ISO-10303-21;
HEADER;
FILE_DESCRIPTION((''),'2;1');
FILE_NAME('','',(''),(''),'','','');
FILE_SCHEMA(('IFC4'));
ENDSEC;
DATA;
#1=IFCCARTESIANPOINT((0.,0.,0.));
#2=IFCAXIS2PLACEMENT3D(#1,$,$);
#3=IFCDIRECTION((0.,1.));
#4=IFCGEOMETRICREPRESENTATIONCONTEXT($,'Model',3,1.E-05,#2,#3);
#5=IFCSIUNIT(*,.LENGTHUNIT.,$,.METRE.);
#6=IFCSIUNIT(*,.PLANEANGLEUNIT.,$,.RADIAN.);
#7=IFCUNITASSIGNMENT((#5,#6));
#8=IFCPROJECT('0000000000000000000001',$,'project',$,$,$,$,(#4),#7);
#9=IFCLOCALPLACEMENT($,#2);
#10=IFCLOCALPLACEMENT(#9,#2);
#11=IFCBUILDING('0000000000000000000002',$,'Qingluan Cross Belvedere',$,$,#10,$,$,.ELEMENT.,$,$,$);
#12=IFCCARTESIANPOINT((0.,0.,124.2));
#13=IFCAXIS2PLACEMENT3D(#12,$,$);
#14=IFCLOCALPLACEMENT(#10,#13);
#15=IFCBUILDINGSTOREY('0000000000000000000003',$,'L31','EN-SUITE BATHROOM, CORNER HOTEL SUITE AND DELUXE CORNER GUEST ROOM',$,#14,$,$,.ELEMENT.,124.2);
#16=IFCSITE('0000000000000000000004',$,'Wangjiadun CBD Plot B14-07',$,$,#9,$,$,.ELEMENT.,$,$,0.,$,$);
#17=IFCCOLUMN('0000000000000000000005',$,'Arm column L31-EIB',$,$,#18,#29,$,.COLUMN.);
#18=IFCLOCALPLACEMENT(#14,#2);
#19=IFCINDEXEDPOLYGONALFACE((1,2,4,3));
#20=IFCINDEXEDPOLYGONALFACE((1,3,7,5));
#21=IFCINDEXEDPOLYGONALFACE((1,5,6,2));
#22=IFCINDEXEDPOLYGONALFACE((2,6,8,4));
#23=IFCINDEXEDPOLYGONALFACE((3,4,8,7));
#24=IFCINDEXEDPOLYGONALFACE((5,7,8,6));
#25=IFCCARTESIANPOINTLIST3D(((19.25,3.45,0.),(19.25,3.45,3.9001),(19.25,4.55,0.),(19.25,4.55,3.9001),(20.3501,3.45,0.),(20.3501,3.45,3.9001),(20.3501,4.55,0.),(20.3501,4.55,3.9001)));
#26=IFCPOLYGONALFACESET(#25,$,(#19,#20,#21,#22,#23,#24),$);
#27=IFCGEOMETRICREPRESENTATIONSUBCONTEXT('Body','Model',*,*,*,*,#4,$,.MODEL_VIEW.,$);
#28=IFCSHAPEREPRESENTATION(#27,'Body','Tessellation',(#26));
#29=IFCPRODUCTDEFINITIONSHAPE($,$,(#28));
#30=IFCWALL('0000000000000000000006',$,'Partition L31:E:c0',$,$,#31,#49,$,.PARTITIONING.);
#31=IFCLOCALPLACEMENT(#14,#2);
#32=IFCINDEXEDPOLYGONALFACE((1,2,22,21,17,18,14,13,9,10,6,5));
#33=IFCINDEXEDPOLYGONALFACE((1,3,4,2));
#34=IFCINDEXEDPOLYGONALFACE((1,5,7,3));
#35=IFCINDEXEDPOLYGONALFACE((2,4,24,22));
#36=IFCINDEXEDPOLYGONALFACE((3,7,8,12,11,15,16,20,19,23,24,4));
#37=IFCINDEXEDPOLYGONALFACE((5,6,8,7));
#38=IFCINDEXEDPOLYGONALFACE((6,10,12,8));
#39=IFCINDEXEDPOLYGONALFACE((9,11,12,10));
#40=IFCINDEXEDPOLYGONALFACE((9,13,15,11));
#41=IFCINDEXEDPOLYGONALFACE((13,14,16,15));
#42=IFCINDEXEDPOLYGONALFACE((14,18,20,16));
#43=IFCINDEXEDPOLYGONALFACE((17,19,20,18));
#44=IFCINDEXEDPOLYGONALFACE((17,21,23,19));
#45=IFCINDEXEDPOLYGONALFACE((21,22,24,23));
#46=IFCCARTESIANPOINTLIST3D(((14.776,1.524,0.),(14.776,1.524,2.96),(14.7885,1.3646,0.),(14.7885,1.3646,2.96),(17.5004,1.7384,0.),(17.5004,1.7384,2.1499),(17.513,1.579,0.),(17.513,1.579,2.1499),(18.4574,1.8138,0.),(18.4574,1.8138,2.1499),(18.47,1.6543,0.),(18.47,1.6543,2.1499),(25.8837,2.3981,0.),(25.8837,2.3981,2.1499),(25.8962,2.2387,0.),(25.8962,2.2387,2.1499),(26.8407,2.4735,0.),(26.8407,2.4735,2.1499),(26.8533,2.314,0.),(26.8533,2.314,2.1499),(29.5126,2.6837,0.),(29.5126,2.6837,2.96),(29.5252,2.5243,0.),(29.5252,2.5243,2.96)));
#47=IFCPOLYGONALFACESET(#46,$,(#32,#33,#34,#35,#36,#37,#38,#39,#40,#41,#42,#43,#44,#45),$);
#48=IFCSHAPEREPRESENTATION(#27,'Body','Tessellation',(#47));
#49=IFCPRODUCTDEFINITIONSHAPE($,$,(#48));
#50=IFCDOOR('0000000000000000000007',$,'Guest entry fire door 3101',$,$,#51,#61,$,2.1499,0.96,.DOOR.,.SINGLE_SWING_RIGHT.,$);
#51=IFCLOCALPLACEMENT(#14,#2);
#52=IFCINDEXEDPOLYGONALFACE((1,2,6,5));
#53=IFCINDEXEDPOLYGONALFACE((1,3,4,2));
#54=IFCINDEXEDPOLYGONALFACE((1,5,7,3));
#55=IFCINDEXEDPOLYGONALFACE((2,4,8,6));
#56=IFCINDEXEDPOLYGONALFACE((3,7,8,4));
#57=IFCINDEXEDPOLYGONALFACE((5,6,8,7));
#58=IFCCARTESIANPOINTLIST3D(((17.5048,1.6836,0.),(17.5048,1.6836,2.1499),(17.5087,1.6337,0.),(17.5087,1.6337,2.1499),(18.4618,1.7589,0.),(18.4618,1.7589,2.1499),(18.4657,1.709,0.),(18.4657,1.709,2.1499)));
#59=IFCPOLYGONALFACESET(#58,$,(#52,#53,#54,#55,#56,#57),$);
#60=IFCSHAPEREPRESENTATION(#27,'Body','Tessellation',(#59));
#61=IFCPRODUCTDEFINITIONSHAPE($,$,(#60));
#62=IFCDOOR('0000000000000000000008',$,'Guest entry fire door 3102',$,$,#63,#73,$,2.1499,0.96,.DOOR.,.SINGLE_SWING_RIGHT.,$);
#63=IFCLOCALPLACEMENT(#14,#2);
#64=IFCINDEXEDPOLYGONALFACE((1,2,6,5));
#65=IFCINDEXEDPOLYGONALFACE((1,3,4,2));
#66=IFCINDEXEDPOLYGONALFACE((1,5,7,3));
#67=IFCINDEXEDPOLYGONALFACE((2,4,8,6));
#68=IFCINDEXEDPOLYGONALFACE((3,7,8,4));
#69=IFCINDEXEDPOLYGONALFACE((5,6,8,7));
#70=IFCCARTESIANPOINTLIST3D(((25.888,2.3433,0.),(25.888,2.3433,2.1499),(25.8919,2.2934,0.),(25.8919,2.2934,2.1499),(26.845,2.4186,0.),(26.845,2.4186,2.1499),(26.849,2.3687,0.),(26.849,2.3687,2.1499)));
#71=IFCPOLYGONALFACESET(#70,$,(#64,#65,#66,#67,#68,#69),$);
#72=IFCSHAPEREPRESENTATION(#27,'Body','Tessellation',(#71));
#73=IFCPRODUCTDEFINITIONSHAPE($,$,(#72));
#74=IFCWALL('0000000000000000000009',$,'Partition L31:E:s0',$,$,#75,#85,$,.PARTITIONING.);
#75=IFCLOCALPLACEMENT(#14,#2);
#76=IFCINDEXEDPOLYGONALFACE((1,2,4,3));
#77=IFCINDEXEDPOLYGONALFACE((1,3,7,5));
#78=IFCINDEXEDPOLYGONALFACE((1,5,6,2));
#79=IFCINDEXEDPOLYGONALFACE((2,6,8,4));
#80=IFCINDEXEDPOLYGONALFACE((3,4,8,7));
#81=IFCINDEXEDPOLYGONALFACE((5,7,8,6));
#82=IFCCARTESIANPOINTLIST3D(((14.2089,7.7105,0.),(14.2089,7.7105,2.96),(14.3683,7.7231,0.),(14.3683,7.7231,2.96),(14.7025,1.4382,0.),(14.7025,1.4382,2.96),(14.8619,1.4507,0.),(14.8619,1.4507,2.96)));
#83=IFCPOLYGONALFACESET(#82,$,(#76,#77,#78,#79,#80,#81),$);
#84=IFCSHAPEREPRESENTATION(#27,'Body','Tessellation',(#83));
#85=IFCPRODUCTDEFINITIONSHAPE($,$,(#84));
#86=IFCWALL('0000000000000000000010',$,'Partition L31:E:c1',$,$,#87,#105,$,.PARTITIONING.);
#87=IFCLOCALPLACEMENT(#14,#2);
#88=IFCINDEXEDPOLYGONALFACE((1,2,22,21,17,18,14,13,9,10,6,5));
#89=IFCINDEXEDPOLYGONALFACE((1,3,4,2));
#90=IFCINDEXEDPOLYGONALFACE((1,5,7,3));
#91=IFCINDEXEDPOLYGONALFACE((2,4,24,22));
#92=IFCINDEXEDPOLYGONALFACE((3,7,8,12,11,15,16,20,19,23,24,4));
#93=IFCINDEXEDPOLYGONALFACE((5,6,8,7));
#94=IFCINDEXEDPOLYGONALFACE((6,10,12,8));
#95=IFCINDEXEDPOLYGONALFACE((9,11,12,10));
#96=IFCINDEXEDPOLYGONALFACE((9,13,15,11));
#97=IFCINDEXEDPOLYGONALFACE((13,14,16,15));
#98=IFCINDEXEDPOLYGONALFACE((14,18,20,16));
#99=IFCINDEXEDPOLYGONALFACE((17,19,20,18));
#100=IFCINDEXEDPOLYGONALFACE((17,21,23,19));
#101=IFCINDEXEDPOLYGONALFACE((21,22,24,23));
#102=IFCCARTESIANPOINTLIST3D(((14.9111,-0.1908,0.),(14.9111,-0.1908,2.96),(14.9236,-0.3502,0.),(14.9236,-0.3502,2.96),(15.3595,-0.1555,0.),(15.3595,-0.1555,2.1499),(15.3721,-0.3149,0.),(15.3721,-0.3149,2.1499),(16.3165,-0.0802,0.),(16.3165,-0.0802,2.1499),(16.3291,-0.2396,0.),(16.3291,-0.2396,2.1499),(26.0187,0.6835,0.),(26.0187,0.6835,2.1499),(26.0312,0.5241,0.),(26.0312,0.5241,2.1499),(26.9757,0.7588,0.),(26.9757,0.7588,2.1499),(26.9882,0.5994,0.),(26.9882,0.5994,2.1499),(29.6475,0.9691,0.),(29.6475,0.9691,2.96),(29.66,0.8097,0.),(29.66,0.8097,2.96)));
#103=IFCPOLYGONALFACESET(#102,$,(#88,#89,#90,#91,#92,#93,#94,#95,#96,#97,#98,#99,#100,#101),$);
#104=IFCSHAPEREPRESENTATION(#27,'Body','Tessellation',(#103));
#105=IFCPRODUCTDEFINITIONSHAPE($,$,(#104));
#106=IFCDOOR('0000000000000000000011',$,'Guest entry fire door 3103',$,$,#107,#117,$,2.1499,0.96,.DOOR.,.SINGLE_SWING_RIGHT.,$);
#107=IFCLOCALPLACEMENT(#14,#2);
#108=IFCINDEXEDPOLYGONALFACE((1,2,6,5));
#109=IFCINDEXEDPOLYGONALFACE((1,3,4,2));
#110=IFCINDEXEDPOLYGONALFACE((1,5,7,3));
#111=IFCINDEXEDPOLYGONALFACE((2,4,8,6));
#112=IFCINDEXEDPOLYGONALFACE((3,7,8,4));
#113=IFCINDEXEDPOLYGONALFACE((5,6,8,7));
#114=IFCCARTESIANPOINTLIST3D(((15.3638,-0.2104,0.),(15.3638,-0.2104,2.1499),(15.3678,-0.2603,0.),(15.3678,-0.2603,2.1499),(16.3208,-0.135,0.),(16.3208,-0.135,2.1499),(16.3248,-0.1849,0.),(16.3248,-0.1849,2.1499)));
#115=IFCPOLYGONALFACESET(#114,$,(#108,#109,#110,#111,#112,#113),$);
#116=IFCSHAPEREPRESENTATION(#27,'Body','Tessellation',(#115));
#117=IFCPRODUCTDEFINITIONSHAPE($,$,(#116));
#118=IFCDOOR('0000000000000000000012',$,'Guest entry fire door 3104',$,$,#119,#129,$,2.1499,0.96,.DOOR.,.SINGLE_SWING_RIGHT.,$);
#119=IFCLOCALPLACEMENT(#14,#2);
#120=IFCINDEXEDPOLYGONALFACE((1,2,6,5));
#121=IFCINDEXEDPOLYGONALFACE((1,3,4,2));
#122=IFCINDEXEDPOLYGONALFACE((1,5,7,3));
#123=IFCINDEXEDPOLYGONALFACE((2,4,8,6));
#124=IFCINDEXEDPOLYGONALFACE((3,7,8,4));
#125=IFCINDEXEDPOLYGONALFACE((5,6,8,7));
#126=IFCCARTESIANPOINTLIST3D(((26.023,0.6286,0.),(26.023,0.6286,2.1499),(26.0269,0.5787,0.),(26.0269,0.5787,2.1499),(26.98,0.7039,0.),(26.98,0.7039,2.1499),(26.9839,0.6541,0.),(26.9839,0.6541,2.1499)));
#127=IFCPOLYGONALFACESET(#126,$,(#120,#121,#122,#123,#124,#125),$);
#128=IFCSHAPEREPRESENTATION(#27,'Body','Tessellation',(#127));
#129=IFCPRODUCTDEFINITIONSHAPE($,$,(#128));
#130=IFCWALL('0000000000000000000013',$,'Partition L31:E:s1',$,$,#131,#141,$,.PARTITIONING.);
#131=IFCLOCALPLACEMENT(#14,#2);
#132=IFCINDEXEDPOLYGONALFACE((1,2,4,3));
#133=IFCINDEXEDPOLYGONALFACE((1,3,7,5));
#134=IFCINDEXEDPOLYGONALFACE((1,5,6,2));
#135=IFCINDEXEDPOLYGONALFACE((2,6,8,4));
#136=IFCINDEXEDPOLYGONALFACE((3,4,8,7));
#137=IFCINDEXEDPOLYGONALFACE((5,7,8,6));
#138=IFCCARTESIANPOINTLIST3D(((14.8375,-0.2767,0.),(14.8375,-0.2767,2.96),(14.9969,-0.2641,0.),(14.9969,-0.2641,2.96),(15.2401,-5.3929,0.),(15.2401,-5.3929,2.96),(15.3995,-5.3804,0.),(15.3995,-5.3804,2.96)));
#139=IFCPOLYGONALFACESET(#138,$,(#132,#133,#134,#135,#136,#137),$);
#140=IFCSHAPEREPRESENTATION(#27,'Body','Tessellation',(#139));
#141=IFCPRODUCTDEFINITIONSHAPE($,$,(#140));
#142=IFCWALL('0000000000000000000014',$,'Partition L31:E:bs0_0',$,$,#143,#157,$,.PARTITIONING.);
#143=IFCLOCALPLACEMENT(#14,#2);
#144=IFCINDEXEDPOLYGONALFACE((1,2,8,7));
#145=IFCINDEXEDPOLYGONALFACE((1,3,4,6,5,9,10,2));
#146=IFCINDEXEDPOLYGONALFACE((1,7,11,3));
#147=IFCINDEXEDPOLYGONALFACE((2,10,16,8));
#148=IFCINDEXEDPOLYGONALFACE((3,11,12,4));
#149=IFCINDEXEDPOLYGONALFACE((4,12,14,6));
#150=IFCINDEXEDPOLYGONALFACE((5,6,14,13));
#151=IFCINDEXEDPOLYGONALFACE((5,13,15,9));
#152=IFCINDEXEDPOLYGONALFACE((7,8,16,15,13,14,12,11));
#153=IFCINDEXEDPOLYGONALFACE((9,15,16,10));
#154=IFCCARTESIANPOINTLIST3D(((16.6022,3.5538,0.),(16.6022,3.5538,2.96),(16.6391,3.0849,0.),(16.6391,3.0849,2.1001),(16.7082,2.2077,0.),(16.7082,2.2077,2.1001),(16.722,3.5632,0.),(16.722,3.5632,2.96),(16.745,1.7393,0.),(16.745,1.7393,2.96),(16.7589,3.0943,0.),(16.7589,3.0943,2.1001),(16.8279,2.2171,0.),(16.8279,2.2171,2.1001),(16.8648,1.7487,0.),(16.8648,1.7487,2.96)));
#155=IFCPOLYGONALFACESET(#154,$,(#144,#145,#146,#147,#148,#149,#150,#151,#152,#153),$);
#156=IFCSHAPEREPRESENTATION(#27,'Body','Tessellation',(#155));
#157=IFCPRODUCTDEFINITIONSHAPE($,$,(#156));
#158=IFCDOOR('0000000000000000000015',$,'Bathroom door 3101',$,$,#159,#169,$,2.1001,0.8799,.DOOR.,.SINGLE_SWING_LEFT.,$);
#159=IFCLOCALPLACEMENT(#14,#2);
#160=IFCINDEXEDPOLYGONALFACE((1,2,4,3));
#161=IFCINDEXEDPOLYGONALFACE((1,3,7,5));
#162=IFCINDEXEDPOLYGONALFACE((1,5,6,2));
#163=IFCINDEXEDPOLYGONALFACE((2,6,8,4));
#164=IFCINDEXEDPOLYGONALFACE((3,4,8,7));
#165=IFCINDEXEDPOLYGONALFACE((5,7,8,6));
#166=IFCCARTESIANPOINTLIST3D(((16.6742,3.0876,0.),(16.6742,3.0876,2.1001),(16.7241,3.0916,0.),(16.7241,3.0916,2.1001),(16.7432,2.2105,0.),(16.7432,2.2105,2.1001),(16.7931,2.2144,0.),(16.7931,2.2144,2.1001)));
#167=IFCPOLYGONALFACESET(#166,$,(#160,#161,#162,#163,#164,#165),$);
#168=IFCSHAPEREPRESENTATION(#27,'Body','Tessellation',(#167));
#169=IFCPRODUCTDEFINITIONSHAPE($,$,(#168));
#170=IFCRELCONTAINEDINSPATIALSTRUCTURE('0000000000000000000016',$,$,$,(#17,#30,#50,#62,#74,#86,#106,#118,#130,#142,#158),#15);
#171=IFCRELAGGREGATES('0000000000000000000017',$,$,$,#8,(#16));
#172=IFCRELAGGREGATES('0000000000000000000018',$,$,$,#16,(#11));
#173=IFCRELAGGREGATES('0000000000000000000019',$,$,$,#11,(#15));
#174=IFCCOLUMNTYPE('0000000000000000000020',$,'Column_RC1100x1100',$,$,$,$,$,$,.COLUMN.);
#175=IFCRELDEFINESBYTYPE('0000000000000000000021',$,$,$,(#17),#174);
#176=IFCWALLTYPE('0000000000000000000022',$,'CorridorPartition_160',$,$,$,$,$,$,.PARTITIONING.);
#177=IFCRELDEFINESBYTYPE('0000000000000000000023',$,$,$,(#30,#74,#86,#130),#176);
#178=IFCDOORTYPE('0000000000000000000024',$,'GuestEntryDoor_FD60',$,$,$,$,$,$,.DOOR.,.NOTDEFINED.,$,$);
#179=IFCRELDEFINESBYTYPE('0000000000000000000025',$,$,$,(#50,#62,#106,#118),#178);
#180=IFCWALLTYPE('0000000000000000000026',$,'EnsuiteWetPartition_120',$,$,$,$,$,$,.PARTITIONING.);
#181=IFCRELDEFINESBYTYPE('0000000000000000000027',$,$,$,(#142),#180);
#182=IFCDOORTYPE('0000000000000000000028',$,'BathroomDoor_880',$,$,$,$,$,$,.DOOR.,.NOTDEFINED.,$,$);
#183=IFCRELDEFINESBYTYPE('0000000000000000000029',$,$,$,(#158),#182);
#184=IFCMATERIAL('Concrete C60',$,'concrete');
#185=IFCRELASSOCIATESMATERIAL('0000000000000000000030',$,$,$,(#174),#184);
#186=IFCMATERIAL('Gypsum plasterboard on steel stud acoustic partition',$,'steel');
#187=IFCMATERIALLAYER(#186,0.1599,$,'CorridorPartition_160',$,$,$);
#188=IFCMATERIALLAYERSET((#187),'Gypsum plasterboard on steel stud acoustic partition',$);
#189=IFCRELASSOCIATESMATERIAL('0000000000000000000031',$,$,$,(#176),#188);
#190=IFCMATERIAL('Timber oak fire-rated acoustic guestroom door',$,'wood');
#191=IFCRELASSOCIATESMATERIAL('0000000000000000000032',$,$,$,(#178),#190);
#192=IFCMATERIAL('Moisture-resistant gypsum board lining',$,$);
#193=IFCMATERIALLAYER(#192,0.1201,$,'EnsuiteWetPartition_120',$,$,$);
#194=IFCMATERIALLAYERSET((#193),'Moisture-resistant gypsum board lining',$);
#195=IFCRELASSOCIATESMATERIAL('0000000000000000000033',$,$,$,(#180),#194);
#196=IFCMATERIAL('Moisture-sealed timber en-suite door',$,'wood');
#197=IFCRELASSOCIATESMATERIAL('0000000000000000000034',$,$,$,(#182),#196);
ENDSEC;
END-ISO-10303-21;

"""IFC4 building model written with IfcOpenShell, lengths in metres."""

from ifc_helpers import new_model, si_unit, direction, frame, frame_2d, origin, origin_2d, place, context, subcontext, project, spatial, rectangle, extrude, material, layer, layer_set, material_profile, profile_set, type_object, element, fill, save


model = new_model("IFC4")

# Units and contexts
model_context = context("Model", 3, precision=1e-05, world=origin(), true_north=direction((0.0, 1.0)))
body_context = subcontext(model_context, "Body", "Model", "MODEL_VIEW")
ifc_project = project(units=[si_unit("LENGTHUNIT", "METRE"), si_unit("PLANEANGLEUNIT", "RADIAN")], contexts=[model_context])

# Site, building, storey
site_placement = place(None, origin())
site = spatial("IfcSite", under=ifc_project, at=site_placement, Name="Wangjiadun CBD Plot B14-07", CompositionType="ELEMENT", RefElevation=0.0)
building_placement = place(site_placement, origin())
building = spatial("IfcBuilding", under=site, at=building_placement, Name="Qingluan Cross Belvedere", CompositionType="ELEMENT")
storey_placement = place(building_placement, frame((0.0, 0.0, 124.2)))
storey = spatial("IfcBuildingStorey", under=building, at=storey_placement, Name="L31", Description="EN-SUITE BATHROOM, CORNER HOTEL SUITE AND DELUXE CORNER GUEST ROOM", CompositionType="ELEMENT", Elevation=124.2)

# Column
ifc_material_1 = material(Name="Concrete C60", Category="concrete")
ifc_material_profile = material_profile(ifc_material_1, rectangle(XDim=1.1001, YDim=1.1001, at=origin_2d()), Name="RC1100x1100")
ifc_profile_set = profile_set([ifc_material_profile], Name="Concrete C60")
column_type = type_object("IfcColumnType", Name="Column_RC1100x1100", PredefinedType="COLUMN", material=ifc_profile_set)
column_placement = place(storey_placement, frame((19.8, 4.0, 0.0), z_axis=(0.0, 0.0, 1.0), x_axis=(1.0, 0.0, 0.0)))
element("IfcColumn", 1, at=column_placement, inside=storey, type_object=column_type, Name="Arm column L31-EIB", PredefinedType="COLUMN", context=body_context, shape_type="SweptSolid", body=[
    extrude(rectangle(XDim=1.1001, YDim=1.1001, at=origin_2d()), origin(), (0.0, 0.0, 1.0), 3.9001),
])

# Wall, openings, doors
ifc_material_2 = material(Name="Gypsum plasterboard on steel stud acoustic partition", Category="steel")
ifc_layer_1 = layer(ifc_material_2, 0.1599, Name="CorridorPartition_160")
ifc_layer_set_1 = layer_set([ifc_layer_1], Name="Gypsum plasterboard on steel stud acoustic partition")
wall_type_1 = type_object("IfcWallType", Name="CorridorPartition_160", PredefinedType="PARTITIONING", material=ifc_layer_set_1)
wall_1_placement = place(storey_placement, frame((14.7822, 1.4443, 0.0), z_axis=(0.0, 0.0, 1.0), x_axis=(0.996918, 0.078451, 0.0)))
wall_1 = element("IfcWall", 2, at=wall_1_placement, inside=storey, type_object=wall_type_1, Name="Partition L31:E:c0", PredefinedType="PARTITIONING", context=body_context, shape_type="SweptSolid", body=[
    extrude(rectangle(XDim=14.7822, YDim=0.1599, at=frame_2d((7.3911, 0.0))), origin(), (0.0, 0.0, 1.0), 2.96),
])
opening_1_placement = place(wall_1_placement, frame((2.7329, 0.0, 0.0)))
opening_1 = element("IfcOpeningElement", 3, at=opening_1_placement, cuts=wall_1, PredefinedType="OPENING", context=body_context, shape_type="SweptSolid", body=[
    extrude(rectangle(XDim=0.96, YDim=2.1499, at=frame_2d((0.48, 1.075))), frame((0.0, 0.0898, 0.0), z_axis=(0.0, -1.0, 0.0), x_axis=(1.0, 0.0, 0.0)), (0.0, 0.0, 1.0), 0.1799),
])
opening_2_placement = place(wall_1_placement, frame((11.1421, 0.0, 0.0)))
opening_2 = element("IfcOpeningElement", 4, at=opening_2_placement, cuts=wall_1, PredefinedType="OPENING", context=body_context, shape_type="SweptSolid", body=[
    extrude(rectangle(XDim=0.96, YDim=2.1499, at=frame_2d((0.48, 1.075))), frame((0.0, 0.0898, 0.0), z_axis=(0.0, -1.0, 0.0), x_axis=(1.0, 0.0, 0.0)), (0.0, 0.0, 1.0), 0.1799),
])
ifc_material_3 = material(Name="Timber oak fire-rated acoustic guestroom door", Category="wood")
door_type_1 = type_object("IfcDoorType", Name="GuestEntryDoor_FD60", OperationType="NOTDEFINED", PredefinedType="DOOR", material=ifc_material_3)
door_1_placement = place(opening_1_placement, origin())
door_1 = element("IfcDoor", 5, at=door_1_placement, inside=storey, type_object=door_type_1, Name="Guest entry fire door 3101", OperationType="SINGLE_SWING_RIGHT", OverallHeight=2.1499, OverallWidth=0.96, PredefinedType="DOOR", context=body_context, shape_type="SweptSolid", body=[
    extrude(rectangle(XDim=0.96, YDim=2.1499, at=frame_2d((0.48, 1.075))), frame((0.0, 0.0249, 0.0), z_axis=(0.0, -1.0, 0.0), x_axis=(1.0, 0.0, 0.0)), (0.0, 0.0, 1.0), 0.05),
])
fill(opening_1, door_1)
door_2_placement = place(opening_2_placement, origin())
door_2 = element("IfcDoor", 6, at=door_2_placement, inside=storey, type_object=door_type_1, Name="Guest entry fire door 3102", OperationType="SINGLE_SWING_RIGHT", OverallHeight=2.1499, OverallWidth=0.96, PredefinedType="DOOR", context=body_context, shape_type="SweptSolid", body=[
    extrude(rectangle(XDim=0.96, YDim=2.1499, at=frame_2d((0.48, 1.075))), frame((0.0, 0.0249, 0.0), z_axis=(0.0, -1.0, 0.0), x_axis=(1.0, 0.0, 0.0)), (0.0, 0.0, 1.0), 0.05),
])
fill(opening_2, door_2)

# Wall
wall_2_placement = place(storey_placement, frame((14.7822, 1.4443, 0.0), z_axis=(0.0, 0.0, 1.0), x_axis=(-0.078459, 0.996917, 0.0)))
element("IfcWall", 7, at=wall_2_placement, inside=storey, type_object=wall_type_1, Name="Partition L31:E:s0", PredefinedType="PARTITIONING", context=body_context, shape_type="SweptSolid", body=[
    extrude(rectangle(XDim=6.2917, YDim=0.1599, at=frame_2d((3.146, 0.0))), origin(), (0.0, 0.0, 1.0), 2.96),
])

# Wall, openings, doors
wall_3_placement = place(storey_placement, frame((14.9172, -0.2705, 0.0), z_axis=(0.0, 0.0, 1.0), x_axis=(0.996917, 0.078468, 0.0)))
wall_3 = element("IfcWall", 8, at=wall_3_placement, inside=storey, type_object=wall_type_1, Name="Partition L31:E:c1", PredefinedType="PARTITIONING", context=body_context, shape_type="SweptSolid", body=[
    extrude(rectangle(XDim=14.782, YDim=0.1599, at=frame_2d((7.3911, 0.0))), origin(), (0.0, 0.0, 1.0), 2.96),
])
opening_3_placement = place(wall_3_placement, frame((0.45, 0.0, 0.0)))
opening_3 = element("IfcOpeningElement", 9, at=opening_3_placement, cuts=wall_3, PredefinedType="OPENING", context=body_context, shape_type="SweptSolid", body=[
    extrude(rectangle(XDim=0.96, YDim=2.1499, at=frame_2d((0.48, 1.075))), frame((0.0, 0.0898, 0.0), z_axis=(0.0, -1.0, 0.0), x_axis=(1.0, 0.0, 0.0)), (0.0, 0.0, 1.0), 0.1799),
])
opening_4_placement = place(wall_3_placement, frame((11.1421, 0.0, 0.0)))
opening_4 = element("IfcOpeningElement", 10, at=opening_4_placement, cuts=wall_3, PredefinedType="OPENING", context=body_context, shape_type="SweptSolid", body=[
    extrude(rectangle(XDim=0.96, YDim=2.1499, at=frame_2d((0.48, 1.075))), frame((0.0, 0.0898, 0.0), z_axis=(0.0, -1.0, 0.0), x_axis=(1.0, 0.0, 0.0)), (0.0, 0.0, 1.0), 0.1799),
])
door_3_placement = place(opening_3_placement, origin())
door_3 = element("IfcDoor", 11, at=door_3_placement, inside=storey, type_object=door_type_1, Name="Guest entry fire door 3103", OperationType="SINGLE_SWING_RIGHT", OverallHeight=2.1499, OverallWidth=0.96, PredefinedType="DOOR", context=body_context, shape_type="SweptSolid", body=[
    extrude(rectangle(XDim=0.96, YDim=2.1499, at=frame_2d((0.48, 1.075))), frame((0.0, 0.0249, 0.0), z_axis=(0.0, -1.0, 0.0), x_axis=(1.0, 0.0, 0.0)), (0.0, 0.0, 1.0), 0.05),
])
fill(opening_3, door_3)
door_4_placement = place(opening_4_placement, origin())
door_4 = element("IfcDoor", 12, at=door_4_placement, inside=storey, type_object=door_type_1, Name="Guest entry fire door 3104", OperationType="SINGLE_SWING_RIGHT", OverallHeight=2.1499, OverallWidth=0.96, PredefinedType="DOOR", context=body_context, shape_type="SweptSolid", body=[
    extrude(rectangle(XDim=0.96, YDim=2.1499, at=frame_2d((0.48, 1.075))), frame((0.0, 0.0249, 0.0), z_axis=(0.0, -1.0, 0.0), x_axis=(1.0, 0.0, 0.0)), (0.0, 0.0, 1.0), 0.05),
])
fill(opening_4, door_4)

# Wall
wall_4_placement = place(storey_placement, frame((14.9172, -0.2705, 0.0), z_axis=(0.0, 0.0, 1.0), x_axis=(0.078446, -0.996918, 0.0)))
element("IfcWall", 13, at=wall_4_placement, inside=storey, type_object=wall_type_1, Name="Partition L31:E:s1", PredefinedType="PARTITIONING", context=body_context, shape_type="SweptSolid", body=[
    extrude(rectangle(XDim=5.1321, YDim=0.1599, at=frame_2d((2.5659, 0.0))), origin(), (0.0, 0.0, 1.0), 2.96),
])

# Wall, opening, door
ifc_material_4 = material(Name="Moisture-resistant gypsum board lining")
ifc_layer_2 = layer(ifc_material_4, 0.1201, Name="EnsuiteWetPartition_120")
ifc_layer_set_2 = layer_set([ifc_layer_2], Name="Moisture-resistant gypsum board lining")
wall_type_2 = type_object("IfcWallType", Name="EnsuiteWetPartition_120", PredefinedType="PARTITIONING", material=ifc_layer_set_2)
wall_5_placement = place(storey_placement, frame((16.8049, 1.7439, 0.0), z_axis=(0.0, 0.0, 1.0), x_axis=(-0.078471, 0.996916, 0.0)))
wall_5 = element("IfcWall", 14, at=wall_5_placement, inside=storey, type_object=wall_type_2, Name="Partition L31:E:bs0_0", PredefinedType="PARTITIONING", context=body_context, shape_type="SweptSolid", body=[
    extrude(rectangle(XDim=1.8201, YDim=0.1201, at=frame_2d((0.9102, 0.0))), origin(), (0.0, 0.0, 1.0), 2.96),
])
opening_5_placement = place(wall_5_placement, frame((0.47, 0.0, 0.0)))
opening_5 = element("IfcOpeningElement", 15, at=opening_5_placement, cuts=wall_5, PredefinedType="OPENING", context=body_context, shape_type="SweptSolid", body=[
    extrude(rectangle(XDim=0.8799, YDim=2.1001, at=frame_2d((0.4399, 1.05))), frame((0.0, 0.0701, 0.0), z_axis=(0.0, -1.0, 0.0), x_axis=(1.0, 0.0, 0.0)), (0.0, 0.0, 1.0), 0.1401),
])
ifc_material_5 = material(Name="Moisture-sealed timber en-suite door", Category="wood")
door_type_2 = type_object("IfcDoorType", Name="BathroomDoor_880", OperationType="NOTDEFINED", PredefinedType="DOOR", material=ifc_material_5)
door_5_placement = place(opening_5_placement, origin())
door_5 = element("IfcDoor", 16, at=door_5_placement, inside=storey, type_object=door_type_2, Name="Bathroom door 3101", OperationType="SINGLE_SWING_LEFT", OverallHeight=2.1001, OverallWidth=0.8799, PredefinedType="DOOR", context=body_context, shape_type="SweptSolid", body=[
    extrude(rectangle(XDim=0.8799, YDim=2.1001, at=frame_2d((0.4399, 1.05))), frame((0.0, 0.0249, 0.0), z_axis=(0.0, -1.0, 0.0), x_axis=(1.0, 0.0, 0.0)), (0.0, 0.0, 1.0), 0.05),
])
fill(opening_5, door_5)

save(model, "model.ifc")
